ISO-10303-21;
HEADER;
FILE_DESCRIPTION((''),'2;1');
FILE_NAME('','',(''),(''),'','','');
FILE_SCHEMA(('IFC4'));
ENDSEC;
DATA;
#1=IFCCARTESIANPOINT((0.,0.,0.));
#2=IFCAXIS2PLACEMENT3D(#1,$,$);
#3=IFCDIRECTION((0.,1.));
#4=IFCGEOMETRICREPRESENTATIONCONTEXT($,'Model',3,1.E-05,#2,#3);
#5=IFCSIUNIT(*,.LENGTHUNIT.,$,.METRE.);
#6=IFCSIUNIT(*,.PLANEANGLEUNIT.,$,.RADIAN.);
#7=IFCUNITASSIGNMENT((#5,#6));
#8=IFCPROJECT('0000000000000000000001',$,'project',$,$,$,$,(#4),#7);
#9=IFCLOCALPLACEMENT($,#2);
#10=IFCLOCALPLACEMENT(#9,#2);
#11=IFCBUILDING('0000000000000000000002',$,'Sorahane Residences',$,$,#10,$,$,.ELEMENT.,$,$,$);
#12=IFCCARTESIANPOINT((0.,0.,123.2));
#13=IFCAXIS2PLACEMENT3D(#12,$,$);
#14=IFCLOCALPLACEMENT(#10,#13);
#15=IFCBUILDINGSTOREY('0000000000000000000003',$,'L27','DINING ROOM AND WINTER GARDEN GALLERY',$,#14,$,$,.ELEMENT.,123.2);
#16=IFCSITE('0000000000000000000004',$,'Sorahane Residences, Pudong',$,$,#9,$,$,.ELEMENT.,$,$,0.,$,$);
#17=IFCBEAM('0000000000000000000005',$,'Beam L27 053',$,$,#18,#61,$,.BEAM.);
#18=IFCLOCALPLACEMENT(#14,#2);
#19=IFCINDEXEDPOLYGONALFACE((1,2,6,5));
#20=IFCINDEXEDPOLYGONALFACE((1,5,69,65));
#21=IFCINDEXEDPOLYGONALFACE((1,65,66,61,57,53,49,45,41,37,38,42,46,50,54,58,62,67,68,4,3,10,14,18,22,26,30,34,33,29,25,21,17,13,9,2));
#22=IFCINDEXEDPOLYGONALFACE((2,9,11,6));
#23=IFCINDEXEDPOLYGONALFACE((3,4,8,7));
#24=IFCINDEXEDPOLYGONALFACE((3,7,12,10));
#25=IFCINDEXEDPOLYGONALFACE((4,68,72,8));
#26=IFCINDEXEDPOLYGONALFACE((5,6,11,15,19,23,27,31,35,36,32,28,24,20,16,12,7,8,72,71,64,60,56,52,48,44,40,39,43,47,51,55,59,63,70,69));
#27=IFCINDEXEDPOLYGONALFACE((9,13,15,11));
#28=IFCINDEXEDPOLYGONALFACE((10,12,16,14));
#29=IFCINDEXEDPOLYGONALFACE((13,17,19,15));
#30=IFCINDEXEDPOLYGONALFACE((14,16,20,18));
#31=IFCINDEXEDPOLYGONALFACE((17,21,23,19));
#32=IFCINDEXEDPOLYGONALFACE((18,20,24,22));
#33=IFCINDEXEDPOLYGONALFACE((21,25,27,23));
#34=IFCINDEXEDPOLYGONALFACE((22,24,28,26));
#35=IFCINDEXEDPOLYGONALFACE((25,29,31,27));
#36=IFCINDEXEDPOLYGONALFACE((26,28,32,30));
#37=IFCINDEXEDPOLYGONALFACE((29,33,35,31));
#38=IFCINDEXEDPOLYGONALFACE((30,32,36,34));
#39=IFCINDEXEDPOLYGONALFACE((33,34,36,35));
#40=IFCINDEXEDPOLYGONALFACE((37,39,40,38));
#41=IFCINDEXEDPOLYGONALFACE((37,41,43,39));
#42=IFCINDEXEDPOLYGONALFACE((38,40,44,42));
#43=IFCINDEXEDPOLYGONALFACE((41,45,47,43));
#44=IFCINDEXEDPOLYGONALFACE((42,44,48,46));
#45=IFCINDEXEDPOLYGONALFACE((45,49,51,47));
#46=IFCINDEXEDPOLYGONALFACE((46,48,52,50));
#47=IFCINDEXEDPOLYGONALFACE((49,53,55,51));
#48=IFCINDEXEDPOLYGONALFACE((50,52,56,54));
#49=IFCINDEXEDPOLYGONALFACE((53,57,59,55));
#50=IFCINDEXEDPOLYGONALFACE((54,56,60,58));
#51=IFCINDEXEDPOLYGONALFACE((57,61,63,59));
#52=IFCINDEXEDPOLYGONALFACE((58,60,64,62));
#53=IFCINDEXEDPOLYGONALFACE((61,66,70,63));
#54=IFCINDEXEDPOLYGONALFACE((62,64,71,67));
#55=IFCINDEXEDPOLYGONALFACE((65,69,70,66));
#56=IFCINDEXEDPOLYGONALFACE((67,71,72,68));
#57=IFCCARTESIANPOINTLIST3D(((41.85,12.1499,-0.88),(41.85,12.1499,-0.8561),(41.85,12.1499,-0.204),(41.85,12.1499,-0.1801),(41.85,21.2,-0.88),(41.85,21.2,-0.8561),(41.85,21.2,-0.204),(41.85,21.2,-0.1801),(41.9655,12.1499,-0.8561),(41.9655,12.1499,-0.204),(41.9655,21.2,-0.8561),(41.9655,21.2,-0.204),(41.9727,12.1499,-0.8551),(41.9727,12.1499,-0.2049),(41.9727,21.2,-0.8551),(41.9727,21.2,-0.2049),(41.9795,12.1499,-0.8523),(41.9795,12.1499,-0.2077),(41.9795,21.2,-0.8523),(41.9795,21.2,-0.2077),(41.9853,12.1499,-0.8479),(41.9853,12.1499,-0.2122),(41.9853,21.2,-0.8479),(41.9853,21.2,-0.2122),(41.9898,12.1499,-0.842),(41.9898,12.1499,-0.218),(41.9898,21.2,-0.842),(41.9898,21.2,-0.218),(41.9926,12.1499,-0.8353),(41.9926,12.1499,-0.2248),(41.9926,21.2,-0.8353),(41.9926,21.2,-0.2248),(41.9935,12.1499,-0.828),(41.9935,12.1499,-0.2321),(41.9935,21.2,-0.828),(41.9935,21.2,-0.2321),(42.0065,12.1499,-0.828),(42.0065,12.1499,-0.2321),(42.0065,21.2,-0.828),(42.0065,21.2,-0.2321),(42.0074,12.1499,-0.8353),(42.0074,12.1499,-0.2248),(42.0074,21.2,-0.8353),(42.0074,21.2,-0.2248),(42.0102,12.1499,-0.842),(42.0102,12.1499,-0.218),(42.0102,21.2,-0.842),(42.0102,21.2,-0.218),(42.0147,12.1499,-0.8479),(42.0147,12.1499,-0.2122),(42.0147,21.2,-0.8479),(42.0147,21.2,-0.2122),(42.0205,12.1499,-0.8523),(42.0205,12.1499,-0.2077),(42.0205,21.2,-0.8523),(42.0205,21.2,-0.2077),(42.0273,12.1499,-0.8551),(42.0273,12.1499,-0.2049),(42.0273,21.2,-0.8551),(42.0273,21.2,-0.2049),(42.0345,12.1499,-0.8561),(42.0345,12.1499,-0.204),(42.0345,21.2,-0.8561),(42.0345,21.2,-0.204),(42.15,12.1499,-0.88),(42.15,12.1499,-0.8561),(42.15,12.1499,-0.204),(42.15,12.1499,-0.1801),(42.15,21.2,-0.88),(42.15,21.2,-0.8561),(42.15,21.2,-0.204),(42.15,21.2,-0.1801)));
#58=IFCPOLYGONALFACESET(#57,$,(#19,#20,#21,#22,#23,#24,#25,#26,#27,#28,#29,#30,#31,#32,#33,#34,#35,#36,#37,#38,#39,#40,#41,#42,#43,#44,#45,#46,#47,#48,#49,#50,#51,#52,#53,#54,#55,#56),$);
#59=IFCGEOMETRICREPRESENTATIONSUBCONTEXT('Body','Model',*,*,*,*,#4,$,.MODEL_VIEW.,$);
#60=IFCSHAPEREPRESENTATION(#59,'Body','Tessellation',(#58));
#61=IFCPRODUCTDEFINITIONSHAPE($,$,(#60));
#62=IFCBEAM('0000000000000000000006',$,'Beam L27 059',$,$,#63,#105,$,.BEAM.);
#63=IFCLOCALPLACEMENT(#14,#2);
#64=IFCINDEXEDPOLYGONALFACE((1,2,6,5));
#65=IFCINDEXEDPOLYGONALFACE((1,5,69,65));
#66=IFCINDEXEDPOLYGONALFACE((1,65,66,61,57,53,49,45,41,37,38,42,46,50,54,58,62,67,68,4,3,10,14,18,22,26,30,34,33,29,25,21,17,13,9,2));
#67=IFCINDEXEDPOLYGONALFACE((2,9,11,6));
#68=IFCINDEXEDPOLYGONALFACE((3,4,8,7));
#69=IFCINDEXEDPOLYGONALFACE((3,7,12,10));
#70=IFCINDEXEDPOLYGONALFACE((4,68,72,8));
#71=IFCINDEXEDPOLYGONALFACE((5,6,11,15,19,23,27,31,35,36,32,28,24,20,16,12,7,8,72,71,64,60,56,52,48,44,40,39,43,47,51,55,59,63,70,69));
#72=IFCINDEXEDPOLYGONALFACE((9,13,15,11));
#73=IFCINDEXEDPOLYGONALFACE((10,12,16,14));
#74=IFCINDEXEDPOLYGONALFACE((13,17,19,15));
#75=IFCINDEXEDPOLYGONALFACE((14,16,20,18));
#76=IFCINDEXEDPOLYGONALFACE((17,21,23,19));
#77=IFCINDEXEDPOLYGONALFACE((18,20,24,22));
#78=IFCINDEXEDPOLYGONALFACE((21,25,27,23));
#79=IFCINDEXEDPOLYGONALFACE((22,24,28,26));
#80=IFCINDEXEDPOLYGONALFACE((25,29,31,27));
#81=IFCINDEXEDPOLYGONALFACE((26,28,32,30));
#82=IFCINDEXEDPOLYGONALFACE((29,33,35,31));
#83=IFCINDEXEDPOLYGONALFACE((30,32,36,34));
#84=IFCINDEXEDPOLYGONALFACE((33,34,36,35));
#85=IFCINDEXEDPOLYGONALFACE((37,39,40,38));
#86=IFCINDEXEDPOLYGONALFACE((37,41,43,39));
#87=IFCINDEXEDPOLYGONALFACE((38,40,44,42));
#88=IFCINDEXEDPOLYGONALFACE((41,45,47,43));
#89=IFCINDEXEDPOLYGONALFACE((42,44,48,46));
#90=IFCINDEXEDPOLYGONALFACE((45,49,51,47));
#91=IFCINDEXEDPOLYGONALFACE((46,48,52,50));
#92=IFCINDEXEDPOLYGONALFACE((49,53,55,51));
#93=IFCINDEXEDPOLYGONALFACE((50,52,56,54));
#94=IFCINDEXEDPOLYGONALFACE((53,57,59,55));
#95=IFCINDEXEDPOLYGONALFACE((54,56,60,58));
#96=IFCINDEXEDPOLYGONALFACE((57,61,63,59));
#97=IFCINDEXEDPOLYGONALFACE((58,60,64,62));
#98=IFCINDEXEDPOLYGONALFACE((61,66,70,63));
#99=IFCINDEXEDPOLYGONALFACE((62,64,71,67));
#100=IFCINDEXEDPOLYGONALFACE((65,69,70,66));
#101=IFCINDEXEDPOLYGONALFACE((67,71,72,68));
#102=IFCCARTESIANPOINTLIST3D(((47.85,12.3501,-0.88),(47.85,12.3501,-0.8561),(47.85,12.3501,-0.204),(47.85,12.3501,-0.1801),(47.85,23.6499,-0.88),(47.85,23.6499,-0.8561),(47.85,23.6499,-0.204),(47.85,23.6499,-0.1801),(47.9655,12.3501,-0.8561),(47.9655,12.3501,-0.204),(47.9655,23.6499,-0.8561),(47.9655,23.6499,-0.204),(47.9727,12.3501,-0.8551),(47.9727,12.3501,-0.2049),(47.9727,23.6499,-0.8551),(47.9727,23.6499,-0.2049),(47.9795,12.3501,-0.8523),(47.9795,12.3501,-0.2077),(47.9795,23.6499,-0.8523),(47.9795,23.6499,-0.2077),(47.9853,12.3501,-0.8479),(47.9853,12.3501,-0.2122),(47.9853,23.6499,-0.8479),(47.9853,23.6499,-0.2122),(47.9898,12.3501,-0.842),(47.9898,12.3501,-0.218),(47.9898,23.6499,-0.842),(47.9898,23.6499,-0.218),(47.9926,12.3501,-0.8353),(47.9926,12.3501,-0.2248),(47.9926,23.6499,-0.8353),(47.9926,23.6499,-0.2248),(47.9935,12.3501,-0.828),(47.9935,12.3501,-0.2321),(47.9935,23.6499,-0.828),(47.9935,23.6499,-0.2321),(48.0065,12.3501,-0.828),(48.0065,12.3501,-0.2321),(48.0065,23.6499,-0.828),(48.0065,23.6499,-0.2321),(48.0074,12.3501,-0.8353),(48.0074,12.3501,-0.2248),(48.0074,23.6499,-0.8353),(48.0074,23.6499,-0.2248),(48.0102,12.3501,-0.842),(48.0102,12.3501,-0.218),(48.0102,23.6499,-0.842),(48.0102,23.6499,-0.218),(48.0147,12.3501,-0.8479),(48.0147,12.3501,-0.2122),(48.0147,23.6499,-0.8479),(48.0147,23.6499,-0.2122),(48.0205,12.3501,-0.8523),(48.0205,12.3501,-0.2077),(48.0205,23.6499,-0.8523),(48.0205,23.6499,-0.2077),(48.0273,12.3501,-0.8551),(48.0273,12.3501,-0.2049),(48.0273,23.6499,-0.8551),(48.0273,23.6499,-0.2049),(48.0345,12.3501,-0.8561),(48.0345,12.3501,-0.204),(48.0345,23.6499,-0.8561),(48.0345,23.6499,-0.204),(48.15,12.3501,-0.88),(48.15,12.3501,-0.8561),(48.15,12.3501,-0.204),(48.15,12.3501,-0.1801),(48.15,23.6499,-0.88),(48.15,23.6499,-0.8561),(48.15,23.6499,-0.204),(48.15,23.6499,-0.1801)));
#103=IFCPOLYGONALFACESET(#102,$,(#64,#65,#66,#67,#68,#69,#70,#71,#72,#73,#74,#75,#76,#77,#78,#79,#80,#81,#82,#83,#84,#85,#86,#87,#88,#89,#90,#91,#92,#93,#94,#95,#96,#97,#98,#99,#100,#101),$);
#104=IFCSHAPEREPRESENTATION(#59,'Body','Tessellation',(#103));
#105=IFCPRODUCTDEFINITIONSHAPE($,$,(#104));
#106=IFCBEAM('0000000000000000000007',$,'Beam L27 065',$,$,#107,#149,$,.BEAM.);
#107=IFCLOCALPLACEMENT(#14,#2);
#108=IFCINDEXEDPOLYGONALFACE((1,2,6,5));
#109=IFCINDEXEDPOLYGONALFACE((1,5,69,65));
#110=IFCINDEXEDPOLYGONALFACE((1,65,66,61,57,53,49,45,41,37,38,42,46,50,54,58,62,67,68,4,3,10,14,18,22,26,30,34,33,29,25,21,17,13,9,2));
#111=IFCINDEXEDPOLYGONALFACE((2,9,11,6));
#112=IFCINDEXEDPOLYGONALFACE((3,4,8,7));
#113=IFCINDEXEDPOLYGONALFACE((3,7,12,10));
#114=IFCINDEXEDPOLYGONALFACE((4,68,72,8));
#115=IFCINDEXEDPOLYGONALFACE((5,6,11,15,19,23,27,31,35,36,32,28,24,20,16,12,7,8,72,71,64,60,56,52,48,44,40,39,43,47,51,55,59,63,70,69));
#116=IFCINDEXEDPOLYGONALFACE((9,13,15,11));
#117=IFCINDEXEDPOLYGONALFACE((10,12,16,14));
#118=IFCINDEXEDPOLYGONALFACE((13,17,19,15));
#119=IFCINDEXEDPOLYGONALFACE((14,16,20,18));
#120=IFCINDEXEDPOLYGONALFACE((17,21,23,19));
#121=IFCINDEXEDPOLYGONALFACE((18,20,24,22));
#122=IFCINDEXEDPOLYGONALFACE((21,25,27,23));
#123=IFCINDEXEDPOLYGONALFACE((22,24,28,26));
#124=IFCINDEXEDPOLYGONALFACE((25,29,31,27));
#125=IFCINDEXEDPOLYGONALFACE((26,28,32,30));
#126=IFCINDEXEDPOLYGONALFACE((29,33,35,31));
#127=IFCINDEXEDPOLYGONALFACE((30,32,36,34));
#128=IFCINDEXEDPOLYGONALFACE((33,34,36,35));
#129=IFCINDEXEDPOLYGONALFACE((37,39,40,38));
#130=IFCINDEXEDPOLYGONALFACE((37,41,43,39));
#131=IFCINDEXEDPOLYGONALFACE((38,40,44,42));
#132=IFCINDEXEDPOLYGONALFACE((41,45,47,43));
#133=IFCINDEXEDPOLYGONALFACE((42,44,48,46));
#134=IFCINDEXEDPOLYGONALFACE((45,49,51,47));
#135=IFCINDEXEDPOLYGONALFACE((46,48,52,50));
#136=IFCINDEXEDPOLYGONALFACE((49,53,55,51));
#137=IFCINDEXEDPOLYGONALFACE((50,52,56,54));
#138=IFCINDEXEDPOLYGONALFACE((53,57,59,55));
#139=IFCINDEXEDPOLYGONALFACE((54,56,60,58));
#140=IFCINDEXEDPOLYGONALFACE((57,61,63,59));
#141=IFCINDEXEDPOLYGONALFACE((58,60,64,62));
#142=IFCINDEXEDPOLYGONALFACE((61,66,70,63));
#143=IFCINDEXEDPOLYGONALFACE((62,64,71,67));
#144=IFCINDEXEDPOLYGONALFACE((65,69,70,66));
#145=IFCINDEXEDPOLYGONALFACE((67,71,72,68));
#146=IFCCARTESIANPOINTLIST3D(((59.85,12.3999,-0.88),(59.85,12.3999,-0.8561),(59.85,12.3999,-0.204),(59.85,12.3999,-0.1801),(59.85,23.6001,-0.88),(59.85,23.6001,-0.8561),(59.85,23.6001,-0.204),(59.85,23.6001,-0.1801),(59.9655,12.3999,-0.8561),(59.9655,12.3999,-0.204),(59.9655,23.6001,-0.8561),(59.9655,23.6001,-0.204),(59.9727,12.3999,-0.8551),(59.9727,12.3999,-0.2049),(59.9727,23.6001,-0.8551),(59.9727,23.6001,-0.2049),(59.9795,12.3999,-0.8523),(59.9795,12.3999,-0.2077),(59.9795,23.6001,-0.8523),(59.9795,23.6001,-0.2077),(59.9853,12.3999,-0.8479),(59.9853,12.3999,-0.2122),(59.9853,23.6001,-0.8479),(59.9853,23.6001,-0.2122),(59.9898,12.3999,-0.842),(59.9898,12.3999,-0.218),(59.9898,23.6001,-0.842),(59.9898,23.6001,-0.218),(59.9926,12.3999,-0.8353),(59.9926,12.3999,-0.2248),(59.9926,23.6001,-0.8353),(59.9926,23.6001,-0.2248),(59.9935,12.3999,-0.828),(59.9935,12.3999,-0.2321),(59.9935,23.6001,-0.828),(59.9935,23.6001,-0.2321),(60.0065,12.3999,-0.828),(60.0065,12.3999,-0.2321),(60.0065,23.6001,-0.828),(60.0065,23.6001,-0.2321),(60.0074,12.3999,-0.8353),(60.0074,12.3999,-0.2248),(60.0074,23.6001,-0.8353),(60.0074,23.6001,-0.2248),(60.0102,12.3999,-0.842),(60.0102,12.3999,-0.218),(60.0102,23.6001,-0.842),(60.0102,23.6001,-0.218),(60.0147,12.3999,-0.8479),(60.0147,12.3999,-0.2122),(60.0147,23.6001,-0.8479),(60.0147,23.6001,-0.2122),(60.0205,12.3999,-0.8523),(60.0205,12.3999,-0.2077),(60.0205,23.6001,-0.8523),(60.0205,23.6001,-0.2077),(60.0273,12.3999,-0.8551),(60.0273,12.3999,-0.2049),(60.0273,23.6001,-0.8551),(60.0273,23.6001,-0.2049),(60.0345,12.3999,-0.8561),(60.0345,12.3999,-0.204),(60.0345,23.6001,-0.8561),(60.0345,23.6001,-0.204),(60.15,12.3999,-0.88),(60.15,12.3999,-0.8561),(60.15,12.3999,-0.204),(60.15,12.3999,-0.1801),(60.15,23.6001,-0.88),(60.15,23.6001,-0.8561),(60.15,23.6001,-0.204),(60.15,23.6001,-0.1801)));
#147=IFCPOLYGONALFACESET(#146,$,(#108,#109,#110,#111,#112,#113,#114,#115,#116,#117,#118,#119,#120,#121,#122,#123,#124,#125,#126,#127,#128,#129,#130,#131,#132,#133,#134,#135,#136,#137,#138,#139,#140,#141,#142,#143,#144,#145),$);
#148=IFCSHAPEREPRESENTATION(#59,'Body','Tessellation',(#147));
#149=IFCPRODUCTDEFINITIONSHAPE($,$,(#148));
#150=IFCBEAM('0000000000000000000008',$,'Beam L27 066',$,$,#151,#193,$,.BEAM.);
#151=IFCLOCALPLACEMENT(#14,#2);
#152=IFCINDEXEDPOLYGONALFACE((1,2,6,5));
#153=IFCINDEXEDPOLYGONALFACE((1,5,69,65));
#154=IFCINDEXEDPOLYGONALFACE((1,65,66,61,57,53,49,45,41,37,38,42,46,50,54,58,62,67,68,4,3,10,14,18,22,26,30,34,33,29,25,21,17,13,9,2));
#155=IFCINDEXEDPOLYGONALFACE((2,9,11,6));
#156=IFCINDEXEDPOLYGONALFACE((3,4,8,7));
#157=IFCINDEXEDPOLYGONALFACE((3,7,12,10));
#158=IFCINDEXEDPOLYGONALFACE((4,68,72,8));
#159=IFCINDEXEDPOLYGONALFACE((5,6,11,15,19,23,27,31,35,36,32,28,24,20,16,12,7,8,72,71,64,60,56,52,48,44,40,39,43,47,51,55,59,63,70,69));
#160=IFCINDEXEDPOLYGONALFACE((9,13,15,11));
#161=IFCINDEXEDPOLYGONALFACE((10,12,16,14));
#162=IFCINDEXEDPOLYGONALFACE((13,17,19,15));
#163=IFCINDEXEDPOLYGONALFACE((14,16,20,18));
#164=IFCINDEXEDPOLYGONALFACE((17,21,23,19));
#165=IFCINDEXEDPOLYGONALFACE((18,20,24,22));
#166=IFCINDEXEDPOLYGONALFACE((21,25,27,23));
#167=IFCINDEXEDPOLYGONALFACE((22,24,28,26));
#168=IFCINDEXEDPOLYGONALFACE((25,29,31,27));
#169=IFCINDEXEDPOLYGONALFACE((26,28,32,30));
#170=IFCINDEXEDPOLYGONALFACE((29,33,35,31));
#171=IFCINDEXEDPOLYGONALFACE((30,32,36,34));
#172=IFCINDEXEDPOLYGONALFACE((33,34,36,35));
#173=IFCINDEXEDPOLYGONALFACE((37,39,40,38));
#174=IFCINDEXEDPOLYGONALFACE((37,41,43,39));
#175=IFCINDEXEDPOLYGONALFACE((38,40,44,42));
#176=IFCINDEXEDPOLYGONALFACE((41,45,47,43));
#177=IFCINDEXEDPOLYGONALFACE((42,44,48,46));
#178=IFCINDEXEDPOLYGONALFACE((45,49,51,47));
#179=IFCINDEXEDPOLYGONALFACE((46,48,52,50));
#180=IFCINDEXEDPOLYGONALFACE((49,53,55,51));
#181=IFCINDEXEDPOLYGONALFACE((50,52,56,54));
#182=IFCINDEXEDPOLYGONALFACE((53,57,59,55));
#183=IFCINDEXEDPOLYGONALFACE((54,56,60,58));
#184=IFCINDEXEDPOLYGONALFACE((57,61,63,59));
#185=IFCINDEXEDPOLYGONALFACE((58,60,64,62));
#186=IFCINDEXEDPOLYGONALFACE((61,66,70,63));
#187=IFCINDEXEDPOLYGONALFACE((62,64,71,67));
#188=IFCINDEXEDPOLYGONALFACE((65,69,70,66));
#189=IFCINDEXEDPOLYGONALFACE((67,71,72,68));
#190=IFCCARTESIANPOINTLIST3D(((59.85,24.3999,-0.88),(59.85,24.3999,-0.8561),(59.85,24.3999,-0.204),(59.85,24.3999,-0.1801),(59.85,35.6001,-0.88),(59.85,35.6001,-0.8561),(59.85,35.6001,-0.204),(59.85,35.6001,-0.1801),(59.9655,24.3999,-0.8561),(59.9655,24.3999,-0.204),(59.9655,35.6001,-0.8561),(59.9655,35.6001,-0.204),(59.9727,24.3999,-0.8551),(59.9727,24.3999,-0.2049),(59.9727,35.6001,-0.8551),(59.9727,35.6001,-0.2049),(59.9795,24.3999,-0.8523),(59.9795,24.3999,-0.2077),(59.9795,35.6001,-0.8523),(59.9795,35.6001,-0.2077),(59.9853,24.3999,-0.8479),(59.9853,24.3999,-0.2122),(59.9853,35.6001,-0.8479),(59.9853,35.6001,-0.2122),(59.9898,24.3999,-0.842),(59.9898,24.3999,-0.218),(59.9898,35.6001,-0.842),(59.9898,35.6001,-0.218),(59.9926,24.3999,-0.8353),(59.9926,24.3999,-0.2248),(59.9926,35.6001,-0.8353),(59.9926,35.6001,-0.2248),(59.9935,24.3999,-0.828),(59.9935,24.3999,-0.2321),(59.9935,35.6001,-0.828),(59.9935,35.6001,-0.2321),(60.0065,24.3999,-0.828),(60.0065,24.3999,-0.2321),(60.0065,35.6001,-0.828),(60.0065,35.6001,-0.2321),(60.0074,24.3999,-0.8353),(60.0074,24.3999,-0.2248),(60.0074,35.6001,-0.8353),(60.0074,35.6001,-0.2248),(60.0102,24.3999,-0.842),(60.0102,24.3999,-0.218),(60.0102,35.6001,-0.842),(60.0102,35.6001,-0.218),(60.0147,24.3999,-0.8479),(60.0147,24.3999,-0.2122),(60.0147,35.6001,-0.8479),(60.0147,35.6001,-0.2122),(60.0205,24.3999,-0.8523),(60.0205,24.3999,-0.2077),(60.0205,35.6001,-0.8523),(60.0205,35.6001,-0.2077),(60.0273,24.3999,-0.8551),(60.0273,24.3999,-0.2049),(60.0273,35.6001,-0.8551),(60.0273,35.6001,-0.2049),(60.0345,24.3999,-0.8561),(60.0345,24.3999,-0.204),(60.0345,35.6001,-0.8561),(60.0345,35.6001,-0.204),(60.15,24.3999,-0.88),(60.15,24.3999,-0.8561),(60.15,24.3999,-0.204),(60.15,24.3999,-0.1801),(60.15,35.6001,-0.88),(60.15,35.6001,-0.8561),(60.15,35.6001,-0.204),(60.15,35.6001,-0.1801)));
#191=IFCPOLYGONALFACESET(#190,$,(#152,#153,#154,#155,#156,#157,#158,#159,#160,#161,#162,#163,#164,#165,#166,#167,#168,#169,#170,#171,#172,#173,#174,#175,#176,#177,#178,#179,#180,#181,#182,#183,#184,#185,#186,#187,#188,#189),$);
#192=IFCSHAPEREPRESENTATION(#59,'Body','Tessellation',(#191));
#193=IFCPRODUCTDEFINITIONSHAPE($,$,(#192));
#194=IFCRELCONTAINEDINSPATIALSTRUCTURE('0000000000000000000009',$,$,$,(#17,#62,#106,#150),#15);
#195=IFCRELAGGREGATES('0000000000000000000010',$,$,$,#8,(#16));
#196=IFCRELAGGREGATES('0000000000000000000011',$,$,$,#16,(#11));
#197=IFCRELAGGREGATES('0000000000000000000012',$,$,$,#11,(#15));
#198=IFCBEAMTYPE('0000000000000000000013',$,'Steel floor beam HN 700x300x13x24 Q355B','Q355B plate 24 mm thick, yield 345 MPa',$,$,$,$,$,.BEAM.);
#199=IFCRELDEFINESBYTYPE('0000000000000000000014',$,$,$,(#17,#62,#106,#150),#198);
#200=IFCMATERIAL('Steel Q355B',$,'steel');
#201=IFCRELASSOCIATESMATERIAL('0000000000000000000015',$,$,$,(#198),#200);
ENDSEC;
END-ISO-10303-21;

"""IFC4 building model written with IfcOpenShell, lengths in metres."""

from ifc_helpers import new_model, si_unit, direction, frame, origin, origin_2d, place, context, subcontext, project, spatial, i_section, extrude, material, material_profile, profile_set, type_object, element, save


model = new_model("IFC4")

# Units and contexts
model_context = context("Model", 3, precision=1e-05, world=origin(), true_north=direction((0.0, 1.0)))
body_context = subcontext(model_context, "Body", "Model", "MODEL_VIEW")
ifc_project = project(units=[si_unit("LENGTHUNIT", "METRE"), si_unit("PLANEANGLEUNIT", "RADIAN")], contexts=[model_context])

# Site, building, storey
site_placement = place(None, origin())
site = spatial("IfcSite", under=ifc_project, at=site_placement, Name="Sorahane Residences, Pudong", CompositionType="ELEMENT", RefElevation=0.0)
building_placement = place(site_placement, origin())
building = spatial("IfcBuilding", under=site, at=building_placement, Name="Sorahane Residences", CompositionType="ELEMENT")
storey_placement = place(building_placement, frame((0.0, 0.0, 123.2)))
storey = spatial("IfcBuildingStorey", under=building, at=storey_placement, Name="L27", Description="DINING ROOM AND WINTER GARDEN GALLERY", CompositionType="ELEMENT", Elevation=123.2)

# Beams
ifc_material_1 = material(Name="Steel Q355B", Category="steel")
ifc_material_profile_1 = material_profile(ifc_material_1, i_section(OverallWidth=0.3, OverallDepth=0.7, WebThickness=0.0129, FlangeThickness=0.0239, FilletRadius=0.0281, at=origin_2d()), Name="HN 700x300x13x24")
ifc_profile_set_1 = profile_set([ifc_material_profile_1], Name="Steel Q355B")
beam_type_1 = type_object("IfcBeamType", Name="Steel floor beam HN 700x300x13x24 Q355B", Description="Q355B plate 24 mm thick, yield 345 MPa", PredefinedType="BEAM", material=ifc_profile_set_1)
beam_1_placement = place(storey_placement, frame((42.0, 12.1499, -0.53), z_axis=(0.0, 1.0, 0.0), x_axis=(-1.0, 0.0, 0.0)))
element("IfcBeam", 1, at=beam_1_placement, inside=storey, type_object=beam_type_1, Name="Beam L27 053", PredefinedType="BEAM", context=body_context, shape_type="SweptSolid", body=[
    extrude(i_section(OverallWidth=0.3, OverallDepth=0.7, WebThickness=0.0129, FlangeThickness=0.0239, FilletRadius=0.0281, at=origin_2d()), origin(), (0.0, 0.0, 1.0), 9.05),
])
beam_2_placement = place(storey_placement, frame((48.0, 12.3501, -0.53), z_axis=(0.0, 1.0, 0.0), x_axis=(-1.0, 0.0, 0.0)))
element("IfcBeam", 2, at=beam_2_placement, inside=storey, type_object=beam_type_1, Name="Beam L27 059", PredefinedType="BEAM", context=body_context, shape_type="SweptSolid", body=[
    extrude(i_section(OverallWidth=0.3, OverallDepth=0.7, WebThickness=0.0129, FlangeThickness=0.0239, FilletRadius=0.0281, at=origin_2d()), origin(), (0.0, 0.0, 1.0), 11.2998),
])
for number, where, z_axis, x_axis, name in (
    (3, (60.0, 12.3999, -0.53), (0.0, 1.0, 0.0), (-1.0, 0.0, 0.0), "Beam L27 065"),
    (4, (60.0, 24.3999, -0.53), (0.0, 1.0, 0.0), (-1.0, 0.0, 0.0), "Beam L27 066"),
):
    element("IfcBeam", number, at=place(storey_placement, frame(where, z_axis=z_axis, x_axis=x_axis)), inside=storey, type_object=beam_type_1, Name=name, PredefinedType="BEAM", context=body_context, shape_type="SweptSolid", body=[
        extrude(i_section(OverallWidth=0.3, OverallDepth=0.7, WebThickness=0.0129, FlangeThickness=0.0239, FilletRadius=0.0281, at=origin_2d()), origin(), (0.0, 0.0, 1.0), 11.2002),
    ])

save(model, "model.ifc")
